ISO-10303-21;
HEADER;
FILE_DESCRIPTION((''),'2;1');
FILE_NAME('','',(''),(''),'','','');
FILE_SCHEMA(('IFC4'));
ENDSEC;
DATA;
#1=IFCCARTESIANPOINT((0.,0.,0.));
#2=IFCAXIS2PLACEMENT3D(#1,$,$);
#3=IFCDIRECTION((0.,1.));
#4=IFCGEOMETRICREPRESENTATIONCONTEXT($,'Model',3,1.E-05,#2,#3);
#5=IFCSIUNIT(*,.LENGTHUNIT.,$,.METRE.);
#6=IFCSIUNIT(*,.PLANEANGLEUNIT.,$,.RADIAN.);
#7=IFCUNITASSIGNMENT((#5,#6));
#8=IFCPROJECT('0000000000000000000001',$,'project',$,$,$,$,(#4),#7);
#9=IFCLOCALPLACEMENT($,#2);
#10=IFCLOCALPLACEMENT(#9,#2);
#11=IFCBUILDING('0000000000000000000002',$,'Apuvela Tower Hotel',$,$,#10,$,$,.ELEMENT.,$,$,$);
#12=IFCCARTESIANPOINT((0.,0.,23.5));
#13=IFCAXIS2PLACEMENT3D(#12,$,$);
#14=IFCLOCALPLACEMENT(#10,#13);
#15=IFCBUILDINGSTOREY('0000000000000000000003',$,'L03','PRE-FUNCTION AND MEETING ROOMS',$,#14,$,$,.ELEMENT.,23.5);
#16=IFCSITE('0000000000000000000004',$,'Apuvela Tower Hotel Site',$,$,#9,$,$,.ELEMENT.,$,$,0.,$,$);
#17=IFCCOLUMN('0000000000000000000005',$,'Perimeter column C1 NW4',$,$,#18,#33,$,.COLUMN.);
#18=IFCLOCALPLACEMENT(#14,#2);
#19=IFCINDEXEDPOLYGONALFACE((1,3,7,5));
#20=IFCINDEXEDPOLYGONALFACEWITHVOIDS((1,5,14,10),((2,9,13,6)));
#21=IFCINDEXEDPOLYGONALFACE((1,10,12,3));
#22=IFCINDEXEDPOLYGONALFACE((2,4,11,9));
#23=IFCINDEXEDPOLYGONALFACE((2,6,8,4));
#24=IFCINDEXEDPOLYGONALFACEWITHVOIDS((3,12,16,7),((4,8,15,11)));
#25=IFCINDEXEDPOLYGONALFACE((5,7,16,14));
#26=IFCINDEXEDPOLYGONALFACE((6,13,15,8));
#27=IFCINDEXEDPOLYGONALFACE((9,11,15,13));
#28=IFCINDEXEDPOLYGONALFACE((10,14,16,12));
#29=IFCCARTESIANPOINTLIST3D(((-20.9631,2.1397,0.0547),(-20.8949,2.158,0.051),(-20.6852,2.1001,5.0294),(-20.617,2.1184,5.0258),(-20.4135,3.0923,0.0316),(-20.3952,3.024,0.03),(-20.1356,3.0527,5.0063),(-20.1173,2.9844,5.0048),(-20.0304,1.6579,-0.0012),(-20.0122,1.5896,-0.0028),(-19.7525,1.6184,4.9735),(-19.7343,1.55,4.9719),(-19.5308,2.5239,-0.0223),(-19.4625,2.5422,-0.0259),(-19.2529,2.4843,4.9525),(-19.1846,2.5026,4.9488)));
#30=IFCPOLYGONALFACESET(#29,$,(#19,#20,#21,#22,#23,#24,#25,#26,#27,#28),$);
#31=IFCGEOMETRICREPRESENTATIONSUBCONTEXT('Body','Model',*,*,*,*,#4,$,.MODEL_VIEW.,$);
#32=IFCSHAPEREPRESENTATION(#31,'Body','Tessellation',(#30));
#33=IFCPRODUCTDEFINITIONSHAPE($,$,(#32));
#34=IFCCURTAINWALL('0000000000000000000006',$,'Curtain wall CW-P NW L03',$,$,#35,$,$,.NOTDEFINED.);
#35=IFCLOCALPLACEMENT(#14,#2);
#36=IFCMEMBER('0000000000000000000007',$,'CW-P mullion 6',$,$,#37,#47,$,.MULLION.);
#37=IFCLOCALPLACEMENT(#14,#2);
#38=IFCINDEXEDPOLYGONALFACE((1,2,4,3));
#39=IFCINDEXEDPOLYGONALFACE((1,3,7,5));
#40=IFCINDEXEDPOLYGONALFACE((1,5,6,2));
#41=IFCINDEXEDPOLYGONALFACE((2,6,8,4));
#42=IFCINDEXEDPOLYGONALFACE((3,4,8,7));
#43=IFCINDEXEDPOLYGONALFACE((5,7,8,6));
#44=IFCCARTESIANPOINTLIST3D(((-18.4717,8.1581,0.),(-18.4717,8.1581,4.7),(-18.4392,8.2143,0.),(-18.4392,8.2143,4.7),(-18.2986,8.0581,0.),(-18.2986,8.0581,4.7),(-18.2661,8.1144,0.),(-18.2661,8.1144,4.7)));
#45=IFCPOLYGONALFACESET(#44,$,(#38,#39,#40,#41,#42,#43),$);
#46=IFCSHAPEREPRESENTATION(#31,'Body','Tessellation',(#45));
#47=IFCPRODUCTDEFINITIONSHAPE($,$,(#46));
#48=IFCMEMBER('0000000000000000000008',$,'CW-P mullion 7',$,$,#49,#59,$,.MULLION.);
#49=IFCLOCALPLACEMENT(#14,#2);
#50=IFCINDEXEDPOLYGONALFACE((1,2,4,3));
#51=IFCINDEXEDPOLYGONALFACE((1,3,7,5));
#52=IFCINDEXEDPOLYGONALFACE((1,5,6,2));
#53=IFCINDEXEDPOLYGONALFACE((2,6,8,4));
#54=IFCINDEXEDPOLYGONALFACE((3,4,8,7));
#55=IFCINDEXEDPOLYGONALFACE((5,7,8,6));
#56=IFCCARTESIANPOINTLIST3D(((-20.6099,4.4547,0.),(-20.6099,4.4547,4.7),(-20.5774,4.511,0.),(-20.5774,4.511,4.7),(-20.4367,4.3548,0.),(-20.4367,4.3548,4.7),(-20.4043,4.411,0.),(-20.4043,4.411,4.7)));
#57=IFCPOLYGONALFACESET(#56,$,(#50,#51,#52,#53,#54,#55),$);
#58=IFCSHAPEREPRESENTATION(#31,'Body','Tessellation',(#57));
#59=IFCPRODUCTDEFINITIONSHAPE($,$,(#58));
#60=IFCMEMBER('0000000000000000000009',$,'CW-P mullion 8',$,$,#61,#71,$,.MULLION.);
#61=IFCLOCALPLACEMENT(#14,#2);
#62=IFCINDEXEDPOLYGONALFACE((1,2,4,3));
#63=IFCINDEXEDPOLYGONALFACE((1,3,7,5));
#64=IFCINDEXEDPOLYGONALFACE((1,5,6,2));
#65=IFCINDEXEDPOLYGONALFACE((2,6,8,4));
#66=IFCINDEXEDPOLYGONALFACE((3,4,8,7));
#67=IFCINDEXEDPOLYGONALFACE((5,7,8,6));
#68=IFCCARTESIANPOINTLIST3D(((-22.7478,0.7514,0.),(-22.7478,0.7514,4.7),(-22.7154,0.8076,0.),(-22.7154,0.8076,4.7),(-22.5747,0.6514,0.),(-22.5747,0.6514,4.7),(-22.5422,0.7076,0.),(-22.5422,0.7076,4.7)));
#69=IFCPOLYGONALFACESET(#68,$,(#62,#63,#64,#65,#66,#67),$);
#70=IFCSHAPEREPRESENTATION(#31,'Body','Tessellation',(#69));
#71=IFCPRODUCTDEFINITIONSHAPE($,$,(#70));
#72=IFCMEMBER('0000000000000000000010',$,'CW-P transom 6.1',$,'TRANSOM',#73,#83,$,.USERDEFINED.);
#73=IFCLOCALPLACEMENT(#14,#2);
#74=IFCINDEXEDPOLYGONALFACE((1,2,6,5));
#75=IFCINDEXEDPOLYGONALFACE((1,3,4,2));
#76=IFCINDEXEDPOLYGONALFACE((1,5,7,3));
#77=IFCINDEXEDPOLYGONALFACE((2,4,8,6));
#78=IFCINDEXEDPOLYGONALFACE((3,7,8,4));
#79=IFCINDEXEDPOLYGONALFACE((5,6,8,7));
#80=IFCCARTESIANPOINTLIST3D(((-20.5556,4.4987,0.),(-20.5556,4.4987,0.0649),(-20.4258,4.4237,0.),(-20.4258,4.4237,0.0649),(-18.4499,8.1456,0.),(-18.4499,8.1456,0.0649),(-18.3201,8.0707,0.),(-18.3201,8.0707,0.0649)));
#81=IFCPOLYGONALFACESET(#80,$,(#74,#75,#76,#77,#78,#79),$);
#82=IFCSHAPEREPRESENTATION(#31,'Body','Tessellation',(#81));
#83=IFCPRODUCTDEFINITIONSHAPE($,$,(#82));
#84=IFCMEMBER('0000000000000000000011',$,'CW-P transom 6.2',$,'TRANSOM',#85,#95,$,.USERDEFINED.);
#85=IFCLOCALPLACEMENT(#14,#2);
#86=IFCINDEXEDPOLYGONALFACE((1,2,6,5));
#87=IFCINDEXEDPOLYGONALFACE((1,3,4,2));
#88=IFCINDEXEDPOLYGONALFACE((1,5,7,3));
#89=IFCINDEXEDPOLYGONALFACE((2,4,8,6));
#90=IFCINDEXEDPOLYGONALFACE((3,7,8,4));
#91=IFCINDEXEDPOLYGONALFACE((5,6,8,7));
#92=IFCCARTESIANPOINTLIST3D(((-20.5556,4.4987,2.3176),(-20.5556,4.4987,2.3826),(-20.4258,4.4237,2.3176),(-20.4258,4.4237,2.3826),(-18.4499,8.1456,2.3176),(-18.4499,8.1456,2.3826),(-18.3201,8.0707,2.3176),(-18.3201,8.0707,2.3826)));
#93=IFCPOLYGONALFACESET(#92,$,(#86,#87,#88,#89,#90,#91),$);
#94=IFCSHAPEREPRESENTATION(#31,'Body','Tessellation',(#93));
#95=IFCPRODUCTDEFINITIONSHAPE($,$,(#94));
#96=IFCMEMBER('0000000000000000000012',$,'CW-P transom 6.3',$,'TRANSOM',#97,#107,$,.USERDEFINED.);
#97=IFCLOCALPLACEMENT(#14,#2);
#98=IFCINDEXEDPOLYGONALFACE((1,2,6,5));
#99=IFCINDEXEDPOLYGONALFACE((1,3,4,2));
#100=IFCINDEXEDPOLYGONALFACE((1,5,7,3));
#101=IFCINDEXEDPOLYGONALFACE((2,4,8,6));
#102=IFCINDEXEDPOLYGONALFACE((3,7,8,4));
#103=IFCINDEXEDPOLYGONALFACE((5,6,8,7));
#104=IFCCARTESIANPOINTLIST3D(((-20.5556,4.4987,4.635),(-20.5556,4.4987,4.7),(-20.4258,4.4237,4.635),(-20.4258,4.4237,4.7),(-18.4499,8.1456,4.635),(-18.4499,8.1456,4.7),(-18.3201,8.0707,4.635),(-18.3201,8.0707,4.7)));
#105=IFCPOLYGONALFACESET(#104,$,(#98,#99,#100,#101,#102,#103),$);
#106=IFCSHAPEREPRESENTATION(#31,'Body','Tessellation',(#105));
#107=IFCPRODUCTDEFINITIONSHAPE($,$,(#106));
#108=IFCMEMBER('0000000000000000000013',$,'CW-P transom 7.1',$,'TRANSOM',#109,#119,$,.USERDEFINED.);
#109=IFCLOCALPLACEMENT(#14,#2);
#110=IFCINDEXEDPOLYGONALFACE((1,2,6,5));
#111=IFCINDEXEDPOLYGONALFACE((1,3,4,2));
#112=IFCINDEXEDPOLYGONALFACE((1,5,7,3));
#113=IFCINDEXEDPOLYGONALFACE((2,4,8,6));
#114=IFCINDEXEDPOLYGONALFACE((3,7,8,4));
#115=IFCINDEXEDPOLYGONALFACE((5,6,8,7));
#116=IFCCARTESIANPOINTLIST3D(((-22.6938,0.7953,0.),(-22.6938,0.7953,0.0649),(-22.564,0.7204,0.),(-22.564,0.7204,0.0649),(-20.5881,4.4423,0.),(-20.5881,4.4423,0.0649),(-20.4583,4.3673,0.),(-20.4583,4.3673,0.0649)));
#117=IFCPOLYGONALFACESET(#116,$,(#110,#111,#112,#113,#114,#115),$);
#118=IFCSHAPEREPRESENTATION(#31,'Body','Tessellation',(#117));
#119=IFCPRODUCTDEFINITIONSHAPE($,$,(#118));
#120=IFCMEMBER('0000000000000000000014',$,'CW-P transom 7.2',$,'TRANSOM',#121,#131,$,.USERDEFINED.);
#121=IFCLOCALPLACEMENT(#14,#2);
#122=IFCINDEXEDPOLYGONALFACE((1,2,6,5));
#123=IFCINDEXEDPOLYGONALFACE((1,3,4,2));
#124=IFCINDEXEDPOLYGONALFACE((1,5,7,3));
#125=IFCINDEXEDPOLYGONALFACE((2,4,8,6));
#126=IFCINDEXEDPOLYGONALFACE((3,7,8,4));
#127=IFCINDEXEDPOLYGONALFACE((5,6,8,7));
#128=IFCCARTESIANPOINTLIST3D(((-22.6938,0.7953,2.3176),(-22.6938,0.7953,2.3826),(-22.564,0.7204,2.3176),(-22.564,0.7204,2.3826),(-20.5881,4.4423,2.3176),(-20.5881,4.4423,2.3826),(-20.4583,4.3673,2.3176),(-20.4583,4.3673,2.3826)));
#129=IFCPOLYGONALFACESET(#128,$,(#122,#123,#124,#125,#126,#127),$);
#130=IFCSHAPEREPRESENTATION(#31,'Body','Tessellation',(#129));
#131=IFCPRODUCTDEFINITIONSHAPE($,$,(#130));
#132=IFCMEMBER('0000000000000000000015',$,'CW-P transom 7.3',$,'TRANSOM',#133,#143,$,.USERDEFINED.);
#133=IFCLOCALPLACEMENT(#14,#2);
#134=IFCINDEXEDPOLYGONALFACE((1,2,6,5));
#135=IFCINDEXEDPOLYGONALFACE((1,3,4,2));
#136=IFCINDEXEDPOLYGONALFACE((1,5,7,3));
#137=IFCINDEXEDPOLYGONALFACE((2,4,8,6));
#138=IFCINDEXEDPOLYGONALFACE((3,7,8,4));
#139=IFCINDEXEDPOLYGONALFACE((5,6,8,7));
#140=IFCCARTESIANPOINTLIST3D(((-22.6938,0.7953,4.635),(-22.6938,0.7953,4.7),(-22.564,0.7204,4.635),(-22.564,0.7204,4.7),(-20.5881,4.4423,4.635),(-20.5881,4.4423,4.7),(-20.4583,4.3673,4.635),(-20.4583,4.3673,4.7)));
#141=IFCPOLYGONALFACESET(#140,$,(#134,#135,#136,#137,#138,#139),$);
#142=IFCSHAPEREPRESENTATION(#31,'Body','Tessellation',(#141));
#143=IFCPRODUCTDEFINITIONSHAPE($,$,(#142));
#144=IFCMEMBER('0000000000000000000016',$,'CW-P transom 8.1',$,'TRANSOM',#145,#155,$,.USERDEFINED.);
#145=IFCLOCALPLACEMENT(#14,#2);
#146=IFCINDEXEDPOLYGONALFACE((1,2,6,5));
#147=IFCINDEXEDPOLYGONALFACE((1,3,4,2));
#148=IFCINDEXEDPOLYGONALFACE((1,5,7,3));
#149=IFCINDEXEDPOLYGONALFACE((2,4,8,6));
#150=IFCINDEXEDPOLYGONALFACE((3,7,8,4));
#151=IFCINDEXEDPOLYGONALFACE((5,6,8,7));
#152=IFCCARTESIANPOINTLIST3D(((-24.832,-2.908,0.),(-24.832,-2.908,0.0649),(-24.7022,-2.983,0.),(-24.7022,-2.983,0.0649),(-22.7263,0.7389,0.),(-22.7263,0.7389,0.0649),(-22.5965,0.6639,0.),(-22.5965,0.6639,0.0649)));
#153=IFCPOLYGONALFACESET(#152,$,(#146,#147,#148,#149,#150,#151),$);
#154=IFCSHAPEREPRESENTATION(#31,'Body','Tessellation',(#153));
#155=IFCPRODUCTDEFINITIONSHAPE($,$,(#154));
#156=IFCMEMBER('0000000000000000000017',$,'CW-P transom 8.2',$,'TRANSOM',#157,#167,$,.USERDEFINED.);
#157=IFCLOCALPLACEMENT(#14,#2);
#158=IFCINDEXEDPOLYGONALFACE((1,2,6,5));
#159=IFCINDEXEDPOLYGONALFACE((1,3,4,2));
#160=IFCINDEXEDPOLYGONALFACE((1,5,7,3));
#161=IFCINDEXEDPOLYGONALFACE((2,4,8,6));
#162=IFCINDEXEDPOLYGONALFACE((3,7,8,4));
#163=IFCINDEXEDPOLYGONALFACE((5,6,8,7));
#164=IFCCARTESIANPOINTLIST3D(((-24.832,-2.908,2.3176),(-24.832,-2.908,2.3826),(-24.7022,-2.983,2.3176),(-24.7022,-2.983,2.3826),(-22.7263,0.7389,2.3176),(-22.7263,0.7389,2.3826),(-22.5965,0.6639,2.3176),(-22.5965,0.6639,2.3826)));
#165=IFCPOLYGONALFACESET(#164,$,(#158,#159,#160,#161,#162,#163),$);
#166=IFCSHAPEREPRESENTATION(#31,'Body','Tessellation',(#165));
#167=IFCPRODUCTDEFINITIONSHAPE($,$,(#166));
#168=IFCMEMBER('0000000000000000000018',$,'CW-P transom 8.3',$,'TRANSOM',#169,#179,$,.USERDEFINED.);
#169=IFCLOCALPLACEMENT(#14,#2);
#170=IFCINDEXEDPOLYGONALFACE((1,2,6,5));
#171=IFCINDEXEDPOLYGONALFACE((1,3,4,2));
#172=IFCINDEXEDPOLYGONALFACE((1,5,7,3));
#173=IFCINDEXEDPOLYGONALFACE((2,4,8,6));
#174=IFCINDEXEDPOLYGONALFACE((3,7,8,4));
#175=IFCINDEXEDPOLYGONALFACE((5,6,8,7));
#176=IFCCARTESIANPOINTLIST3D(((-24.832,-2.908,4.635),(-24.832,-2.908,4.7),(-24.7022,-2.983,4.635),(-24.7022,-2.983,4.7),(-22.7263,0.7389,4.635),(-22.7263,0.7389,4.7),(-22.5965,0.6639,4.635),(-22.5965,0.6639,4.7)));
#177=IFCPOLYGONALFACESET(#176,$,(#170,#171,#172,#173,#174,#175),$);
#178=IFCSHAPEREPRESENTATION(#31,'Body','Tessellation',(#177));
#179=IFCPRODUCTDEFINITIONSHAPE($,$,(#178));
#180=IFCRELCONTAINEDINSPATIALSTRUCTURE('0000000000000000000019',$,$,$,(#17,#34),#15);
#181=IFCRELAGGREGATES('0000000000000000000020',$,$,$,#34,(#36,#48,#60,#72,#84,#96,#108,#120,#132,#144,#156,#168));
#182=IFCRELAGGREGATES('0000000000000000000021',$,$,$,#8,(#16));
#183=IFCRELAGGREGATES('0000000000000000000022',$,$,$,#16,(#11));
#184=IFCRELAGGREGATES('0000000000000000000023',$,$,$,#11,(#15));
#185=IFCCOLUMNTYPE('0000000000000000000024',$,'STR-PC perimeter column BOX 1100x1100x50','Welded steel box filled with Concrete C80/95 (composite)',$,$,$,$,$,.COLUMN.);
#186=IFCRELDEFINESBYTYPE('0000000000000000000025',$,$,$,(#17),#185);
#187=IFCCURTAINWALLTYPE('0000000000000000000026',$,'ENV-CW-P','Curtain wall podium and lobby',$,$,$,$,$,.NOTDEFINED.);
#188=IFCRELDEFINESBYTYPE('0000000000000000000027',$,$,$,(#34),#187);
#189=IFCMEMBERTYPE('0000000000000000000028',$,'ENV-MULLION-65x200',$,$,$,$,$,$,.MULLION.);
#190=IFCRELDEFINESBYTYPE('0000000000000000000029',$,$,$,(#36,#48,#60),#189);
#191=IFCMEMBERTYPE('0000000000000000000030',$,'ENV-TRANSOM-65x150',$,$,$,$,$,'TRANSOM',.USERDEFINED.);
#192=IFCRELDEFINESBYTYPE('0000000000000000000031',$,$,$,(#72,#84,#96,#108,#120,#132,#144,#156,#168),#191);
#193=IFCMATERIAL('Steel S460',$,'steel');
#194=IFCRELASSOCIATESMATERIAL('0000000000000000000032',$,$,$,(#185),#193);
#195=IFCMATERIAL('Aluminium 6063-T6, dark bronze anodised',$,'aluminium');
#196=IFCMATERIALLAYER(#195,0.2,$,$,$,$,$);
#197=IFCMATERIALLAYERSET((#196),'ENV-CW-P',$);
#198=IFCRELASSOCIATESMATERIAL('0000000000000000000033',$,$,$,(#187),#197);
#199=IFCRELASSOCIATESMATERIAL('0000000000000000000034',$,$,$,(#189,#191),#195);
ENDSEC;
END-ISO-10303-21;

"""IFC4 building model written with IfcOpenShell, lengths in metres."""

from ifc_helpers import new_model, si_unit, direction, frame, origin, origin_2d, place, context, subcontext, project, spatial, rectangle, hollow_rectangle, extrude, boolean, halfspace, material, layer, layer_set, material_profile, profile_set, type_object, element, aggregate, save


model = new_model("IFC4")

# Units and contexts
model_context = context("Model", 3, precision=1e-05, world=origin(), true_north=direction((0.0, 1.0)))
body_context = subcontext(model_context, "Body", "Model", "MODEL_VIEW")
ifc_project = project(units=[si_unit("LENGTHUNIT", "METRE"), si_unit("PLANEANGLEUNIT", "RADIAN")], contexts=[model_context])

# Site, building, storey
site_placement = place(None, origin())
site = spatial("IfcSite", under=ifc_project, at=site_placement, Name="Apuvela Tower Hotel Site", CompositionType="ELEMENT", RefElevation=0.0)
building_placement = place(site_placement, origin())
building = spatial("IfcBuilding", under=site, at=building_placement, Name="Apuvela Tower Hotel", CompositionType="ELEMENT")
storey_placement = place(building_placement, frame((0.0, 0.0, 23.5)))
storey = spatial("IfcBuildingStorey", under=building, at=storey_placement, Name="L03", Description="PRE-FUNCTION AND MEETING ROOMS", CompositionType="ELEMENT", Elevation=23.5)

# Column
ifc_material_1 = material(Name="Steel S460", Category="steel")
ifc_material_profile_1 = material_profile(ifc_material_1, hollow_rectangle(XDim=1.1001, YDim=1.1001, WallThickness=0.05, at=origin_2d()), Name="BOX 1100x1100x50")
ifc_material_2 = material(Name="Concrete C80/95", Category="concrete")
ifc_material_profile_2 = material_profile(ifc_material_2, rectangle(XDim=1.0, YDim=1.0, at=origin_2d()), Name="Concrete C80/95 infill")
ifc_profile_set_1 = profile_set([ifc_material_profile_1, ifc_material_profile_2], Name="Steel S460")
column_type = type_object("IfcColumnType", Name="STR-PC perimeter column BOX 1100x1100x50", Description="Welded steel box filled with Concrete C80/95 (composite)", PredefinedType="COLUMN", material=ifc_profile_set_1)
column_placement = place(storey_placement, frame((-20.2136, 2.3411, 0.0), z_axis=(0.055771, -0.007946, 0.998412), x_axis=(-0.499656, -0.865969, 0.021018)))
element("IfcColumn", 1, at=column_placement, inside=storey, type_object=column_type, Name="Perimeter column C1 NW4", PredefinedType="COLUMN", context=body_context, shape_type="SweptSolid", body=[
    boolean("DIFFERENCE", boolean("DIFFERENCE", extrude(hollow_rectangle(XDim=1.1001, YDim=1.1001, WallThickness=0.05, at=origin_2d()), origin(), (0.0, 0.0, 1.0), 5.0081), halfspace(frame((0.0, 0.0, 0.0144), z_axis=(0.0, 0.0, 1.0), x_axis=(1.0, 0.0, 0.0)), True)), halfspace(frame((0.0, 0.0, 4.9971), z_axis=(0.0, 0.0, 1.0), x_axis=(1.0, 0.0, 0.0)), False)),
])

# Curtain wall, members
ifc_material_3 = material(Name="Aluminium 6063-T6, dark bronze anodised", Category="aluminium")
ifc_layer_1 = layer(ifc_material_3, 0.2)
ifc_layer_set_1 = layer_set([ifc_layer_1], Name="ENV-CW-P")
curtain_wall_type = type_object("IfcCurtainWallType", Name="ENV-CW-P", Description="Curtain wall podium and lobby", PredefinedType="NOTDEFINED", material=ifc_layer_set_1)
curtain_wall_placement = place(storey_placement, origin())
curtain_wall = element("IfcCurtainWall", 2, at=curtain_wall_placement, inside=storey, type_object=curtain_wall_type, Name="Curtain wall CW-P NW L03", PredefinedType="NOTDEFINED")
ifc_material_profile_3 = material_profile(ifc_material_3, rectangle(XDim=0.2, YDim=0.0649, at=origin_2d()), Name="AL 65x200")
ifc_profile_set_2 = profile_set([ifc_material_profile_3], Name="Aluminium 6063-T6, dark bronze anodised")
member_type_1 = type_object("IfcMemberType", Name="ENV-MULLION-65x200", PredefinedType="MULLION", material=ifc_profile_set_2)
member_1_placement = place(storey_placement, frame((-18.3689, 8.1362, 0.0), z_axis=(0.0, 0.0, 1.0), x_axis=(0.866026, -0.5, 0.0)))
member_1 = element("IfcMember", 3, at=member_1_placement, type_object=member_type_1, Name="CW-P mullion 6", PredefinedType="MULLION", context=body_context, shape_type="SweptSolid", body=[
    extrude(rectangle(XDim=0.2, YDim=0.0649, at=origin_2d()), origin(), (0.0, 0.0, 1.0), 4.7),
])
member_2_placement = place(storey_placement, frame((-20.5071, 4.4329, 0.0), z_axis=(0.0, 0.0, 1.0), x_axis=(0.866026, -0.5, 0.0)))
member_2 = element("IfcMember", 4, at=member_2_placement, type_object=member_type_1, Name="CW-P mullion 7", PredefinedType="MULLION", context=body_context, shape_type="SweptSolid", body=[
    extrude(rectangle(XDim=0.2, YDim=0.0649, at=origin_2d()), origin(), (0.0, 0.0, 1.0), 4.7),
])
member_3_placement = place(storey_placement, frame((-22.645, 0.7295, 0.0), z_axis=(0.0, 0.0, 1.0), x_axis=(0.866026, -0.5, 0.0)))
member_3 = element("IfcMember", 5, at=member_3_placement, type_object=member_type_1, Name="CW-P mullion 8", PredefinedType="MULLION", context=body_context, shape_type="SweptSolid", body=[
    extrude(rectangle(XDim=0.2, YDim=0.0649, at=origin_2d()), origin(), (0.0, 0.0, 1.0), 4.7),
])
ifc_material_profile_4 = material_profile(ifc_material_3, rectangle(XDim=0.1499, YDim=0.0649, at=origin_2d()), Name="AL 65x150 transom")
ifc_profile_set_3 = profile_set([ifc_material_profile_4], Name="Aluminium 6063-T6, dark bronze anodised")
member_type_2 = type_object("IfcMemberType", Name="ENV-TRANSOM-65x150", ElementType="TRANSOM", PredefinedType="USERDEFINED", material=ifc_profile_set_3)
member_4_placement = place(storey_placement, frame((-18.385, 8.1082, 0.0325), z_axis=(-0.500024, -0.866012, 0.0), x_axis=(0.866012, -0.500024, 0.0)))
member_4 = element("IfcMember", 6, at=member_4_placement, type_object=member_type_2, Name="CW-P transom 6.1", ObjectType="TRANSOM", PredefinedType="USERDEFINED", context=body_context, shape_type="SweptSolid", body=[
    extrude(rectangle(XDim=0.1499, YDim=0.0649, at=origin_2d()), origin(), (0.0, 0.0, 1.0), 4.2112),
])
member_5_placement = place(storey_placement, frame((-18.385, 8.1082, 2.3501), z_axis=(-0.500024, -0.866012, 0.0), x_axis=(0.866012, -0.500024, 0.0)))
member_5 = element("IfcMember", 7, at=member_5_placement, type_object=member_type_2, Name="CW-P transom 6.2", ObjectType="TRANSOM", PredefinedType="USERDEFINED", context=body_context, shape_type="SweptSolid", body=[
    extrude(rectangle(XDim=0.1499, YDim=0.0649, at=origin_2d()), origin(), (0.0, 0.0, 1.0), 4.2112),
])
member_6_placement = place(storey_placement, frame((-18.385, 8.1082, 4.6675), z_axis=(-0.500024, -0.866012, 0.0), x_axis=(0.866012, -0.500024, 0.0)))
member_6 = element("IfcMember", 8, at=member_6_placement, type_object=member_type_2, Name="CW-P transom 6.3", ObjectType="TRANSOM", PredefinedType="USERDEFINED", context=body_context, shape_type="SweptSolid", body=[
    extrude(rectangle(XDim=0.1499, YDim=0.0649, at=origin_2d()), origin(), (0.0, 0.0, 1.0), 4.2112),
])
member_7_placement = place(storey_placement, frame((-20.5232, 4.4048, 0.0325), z_axis=(-0.500024, -0.866012, 0.0), x_axis=(0.866012, -0.500024, 0.0)))
member_7 = element("IfcMember", 9, at=member_7_placement, type_object=member_type_2, Name="CW-P transom 7.1", ObjectType="TRANSOM", PredefinedType="USERDEFINED", context=body_context, shape_type="SweptSolid", body=[
    extrude(rectangle(XDim=0.1499, YDim=0.0649, at=origin_2d()), origin(), (0.0, 0.0, 1.0), 4.2112),
])
member_8_placement = place(storey_placement, frame((-20.5232, 4.4048, 2.3501), z_axis=(-0.500024, -0.866012, 0.0), x_axis=(0.866012, -0.500024, 0.0)))
member_8 = element("IfcMember", 10, at=member_8_placement, type_object=member_type_2, Name="CW-P transom 7.2", ObjectType="TRANSOM", PredefinedType="USERDEFINED", context=body_context, shape_type="SweptSolid", body=[
    extrude(rectangle(XDim=0.1499, YDim=0.0649, at=origin_2d()), origin(), (0.0, 0.0, 1.0), 4.2112),
])
member_9_placement = place(storey_placement, frame((-20.5232, 4.4048, 4.6675), z_axis=(-0.500024, -0.866012, 0.0), x_axis=(0.866012, -0.500024, 0.0)))
member_9 = element("IfcMember", 11, at=member_9_placement, type_object=member_type_2, Name="CW-P transom 7.3", ObjectType="TRANSOM", PredefinedType="USERDEFINED", context=body_context, shape_type="SweptSolid", body=[
    extrude(rectangle(XDim=0.1499, YDim=0.0649, at=origin_2d()), origin(), (0.0, 0.0, 1.0), 4.2112),
])
member_10_placement = place(storey_placement, frame((-22.6614, 0.7014, 0.0325), z_axis=(-0.500024, -0.866012, 0.0), x_axis=(0.866012, -0.500024, 0.0)))
member_10 = element("IfcMember", 12, at=member_10_placement, type_object=member_type_2, Name="CW-P transom 8.1", ObjectType="TRANSOM", PredefinedType="USERDEFINED", context=body_context, shape_type="SweptSolid", body=[
    extrude(rectangle(XDim=0.1499, YDim=0.0649, at=origin_2d()), origin(), (0.0, 0.0, 1.0), 4.2112),
])
member_11_placement = place(storey_placement, frame((-22.6614, 0.7014, 2.3501), z_axis=(-0.500024, -0.866012, 0.0), x_axis=(0.866012, -0.500024, 0.0)))
member_11 = element("IfcMember", 13, at=member_11_placement, type_object=member_type_2, Name="CW-P transom 8.2", ObjectType="TRANSOM", PredefinedType="USERDEFINED", context=body_context, shape_type="SweptSolid", body=[
    extrude(rectangle(XDim=0.1499, YDim=0.0649, at=origin_2d()), origin(), (0.0, 0.0, 1.0), 4.2112),
])
member_12_placement = place(storey_placement, frame((-22.6614, 0.7014, 4.6675), z_axis=(-0.500024, -0.866012, 0.0), x_axis=(0.866012, -0.500024, 0.0)))
member_12 = element("IfcMember", 14, at=member_12_placement, type_object=member_type_2, Name="CW-P transom 8.3", ObjectType="TRANSOM", PredefinedType="USERDEFINED", context=body_context, shape_type="SweptSolid", body=[
    extrude(rectangle(XDim=0.1499, YDim=0.0649, at=origin_2d()), origin(), (0.0, 0.0, 1.0), 4.2112),
])

aggregate(curtain_wall, [member_1, member_2, member_3, member_4, member_5, member_6, member_7, member_8, member_9, member_10, member_11, member_12])

save(model, "model.ifc")
